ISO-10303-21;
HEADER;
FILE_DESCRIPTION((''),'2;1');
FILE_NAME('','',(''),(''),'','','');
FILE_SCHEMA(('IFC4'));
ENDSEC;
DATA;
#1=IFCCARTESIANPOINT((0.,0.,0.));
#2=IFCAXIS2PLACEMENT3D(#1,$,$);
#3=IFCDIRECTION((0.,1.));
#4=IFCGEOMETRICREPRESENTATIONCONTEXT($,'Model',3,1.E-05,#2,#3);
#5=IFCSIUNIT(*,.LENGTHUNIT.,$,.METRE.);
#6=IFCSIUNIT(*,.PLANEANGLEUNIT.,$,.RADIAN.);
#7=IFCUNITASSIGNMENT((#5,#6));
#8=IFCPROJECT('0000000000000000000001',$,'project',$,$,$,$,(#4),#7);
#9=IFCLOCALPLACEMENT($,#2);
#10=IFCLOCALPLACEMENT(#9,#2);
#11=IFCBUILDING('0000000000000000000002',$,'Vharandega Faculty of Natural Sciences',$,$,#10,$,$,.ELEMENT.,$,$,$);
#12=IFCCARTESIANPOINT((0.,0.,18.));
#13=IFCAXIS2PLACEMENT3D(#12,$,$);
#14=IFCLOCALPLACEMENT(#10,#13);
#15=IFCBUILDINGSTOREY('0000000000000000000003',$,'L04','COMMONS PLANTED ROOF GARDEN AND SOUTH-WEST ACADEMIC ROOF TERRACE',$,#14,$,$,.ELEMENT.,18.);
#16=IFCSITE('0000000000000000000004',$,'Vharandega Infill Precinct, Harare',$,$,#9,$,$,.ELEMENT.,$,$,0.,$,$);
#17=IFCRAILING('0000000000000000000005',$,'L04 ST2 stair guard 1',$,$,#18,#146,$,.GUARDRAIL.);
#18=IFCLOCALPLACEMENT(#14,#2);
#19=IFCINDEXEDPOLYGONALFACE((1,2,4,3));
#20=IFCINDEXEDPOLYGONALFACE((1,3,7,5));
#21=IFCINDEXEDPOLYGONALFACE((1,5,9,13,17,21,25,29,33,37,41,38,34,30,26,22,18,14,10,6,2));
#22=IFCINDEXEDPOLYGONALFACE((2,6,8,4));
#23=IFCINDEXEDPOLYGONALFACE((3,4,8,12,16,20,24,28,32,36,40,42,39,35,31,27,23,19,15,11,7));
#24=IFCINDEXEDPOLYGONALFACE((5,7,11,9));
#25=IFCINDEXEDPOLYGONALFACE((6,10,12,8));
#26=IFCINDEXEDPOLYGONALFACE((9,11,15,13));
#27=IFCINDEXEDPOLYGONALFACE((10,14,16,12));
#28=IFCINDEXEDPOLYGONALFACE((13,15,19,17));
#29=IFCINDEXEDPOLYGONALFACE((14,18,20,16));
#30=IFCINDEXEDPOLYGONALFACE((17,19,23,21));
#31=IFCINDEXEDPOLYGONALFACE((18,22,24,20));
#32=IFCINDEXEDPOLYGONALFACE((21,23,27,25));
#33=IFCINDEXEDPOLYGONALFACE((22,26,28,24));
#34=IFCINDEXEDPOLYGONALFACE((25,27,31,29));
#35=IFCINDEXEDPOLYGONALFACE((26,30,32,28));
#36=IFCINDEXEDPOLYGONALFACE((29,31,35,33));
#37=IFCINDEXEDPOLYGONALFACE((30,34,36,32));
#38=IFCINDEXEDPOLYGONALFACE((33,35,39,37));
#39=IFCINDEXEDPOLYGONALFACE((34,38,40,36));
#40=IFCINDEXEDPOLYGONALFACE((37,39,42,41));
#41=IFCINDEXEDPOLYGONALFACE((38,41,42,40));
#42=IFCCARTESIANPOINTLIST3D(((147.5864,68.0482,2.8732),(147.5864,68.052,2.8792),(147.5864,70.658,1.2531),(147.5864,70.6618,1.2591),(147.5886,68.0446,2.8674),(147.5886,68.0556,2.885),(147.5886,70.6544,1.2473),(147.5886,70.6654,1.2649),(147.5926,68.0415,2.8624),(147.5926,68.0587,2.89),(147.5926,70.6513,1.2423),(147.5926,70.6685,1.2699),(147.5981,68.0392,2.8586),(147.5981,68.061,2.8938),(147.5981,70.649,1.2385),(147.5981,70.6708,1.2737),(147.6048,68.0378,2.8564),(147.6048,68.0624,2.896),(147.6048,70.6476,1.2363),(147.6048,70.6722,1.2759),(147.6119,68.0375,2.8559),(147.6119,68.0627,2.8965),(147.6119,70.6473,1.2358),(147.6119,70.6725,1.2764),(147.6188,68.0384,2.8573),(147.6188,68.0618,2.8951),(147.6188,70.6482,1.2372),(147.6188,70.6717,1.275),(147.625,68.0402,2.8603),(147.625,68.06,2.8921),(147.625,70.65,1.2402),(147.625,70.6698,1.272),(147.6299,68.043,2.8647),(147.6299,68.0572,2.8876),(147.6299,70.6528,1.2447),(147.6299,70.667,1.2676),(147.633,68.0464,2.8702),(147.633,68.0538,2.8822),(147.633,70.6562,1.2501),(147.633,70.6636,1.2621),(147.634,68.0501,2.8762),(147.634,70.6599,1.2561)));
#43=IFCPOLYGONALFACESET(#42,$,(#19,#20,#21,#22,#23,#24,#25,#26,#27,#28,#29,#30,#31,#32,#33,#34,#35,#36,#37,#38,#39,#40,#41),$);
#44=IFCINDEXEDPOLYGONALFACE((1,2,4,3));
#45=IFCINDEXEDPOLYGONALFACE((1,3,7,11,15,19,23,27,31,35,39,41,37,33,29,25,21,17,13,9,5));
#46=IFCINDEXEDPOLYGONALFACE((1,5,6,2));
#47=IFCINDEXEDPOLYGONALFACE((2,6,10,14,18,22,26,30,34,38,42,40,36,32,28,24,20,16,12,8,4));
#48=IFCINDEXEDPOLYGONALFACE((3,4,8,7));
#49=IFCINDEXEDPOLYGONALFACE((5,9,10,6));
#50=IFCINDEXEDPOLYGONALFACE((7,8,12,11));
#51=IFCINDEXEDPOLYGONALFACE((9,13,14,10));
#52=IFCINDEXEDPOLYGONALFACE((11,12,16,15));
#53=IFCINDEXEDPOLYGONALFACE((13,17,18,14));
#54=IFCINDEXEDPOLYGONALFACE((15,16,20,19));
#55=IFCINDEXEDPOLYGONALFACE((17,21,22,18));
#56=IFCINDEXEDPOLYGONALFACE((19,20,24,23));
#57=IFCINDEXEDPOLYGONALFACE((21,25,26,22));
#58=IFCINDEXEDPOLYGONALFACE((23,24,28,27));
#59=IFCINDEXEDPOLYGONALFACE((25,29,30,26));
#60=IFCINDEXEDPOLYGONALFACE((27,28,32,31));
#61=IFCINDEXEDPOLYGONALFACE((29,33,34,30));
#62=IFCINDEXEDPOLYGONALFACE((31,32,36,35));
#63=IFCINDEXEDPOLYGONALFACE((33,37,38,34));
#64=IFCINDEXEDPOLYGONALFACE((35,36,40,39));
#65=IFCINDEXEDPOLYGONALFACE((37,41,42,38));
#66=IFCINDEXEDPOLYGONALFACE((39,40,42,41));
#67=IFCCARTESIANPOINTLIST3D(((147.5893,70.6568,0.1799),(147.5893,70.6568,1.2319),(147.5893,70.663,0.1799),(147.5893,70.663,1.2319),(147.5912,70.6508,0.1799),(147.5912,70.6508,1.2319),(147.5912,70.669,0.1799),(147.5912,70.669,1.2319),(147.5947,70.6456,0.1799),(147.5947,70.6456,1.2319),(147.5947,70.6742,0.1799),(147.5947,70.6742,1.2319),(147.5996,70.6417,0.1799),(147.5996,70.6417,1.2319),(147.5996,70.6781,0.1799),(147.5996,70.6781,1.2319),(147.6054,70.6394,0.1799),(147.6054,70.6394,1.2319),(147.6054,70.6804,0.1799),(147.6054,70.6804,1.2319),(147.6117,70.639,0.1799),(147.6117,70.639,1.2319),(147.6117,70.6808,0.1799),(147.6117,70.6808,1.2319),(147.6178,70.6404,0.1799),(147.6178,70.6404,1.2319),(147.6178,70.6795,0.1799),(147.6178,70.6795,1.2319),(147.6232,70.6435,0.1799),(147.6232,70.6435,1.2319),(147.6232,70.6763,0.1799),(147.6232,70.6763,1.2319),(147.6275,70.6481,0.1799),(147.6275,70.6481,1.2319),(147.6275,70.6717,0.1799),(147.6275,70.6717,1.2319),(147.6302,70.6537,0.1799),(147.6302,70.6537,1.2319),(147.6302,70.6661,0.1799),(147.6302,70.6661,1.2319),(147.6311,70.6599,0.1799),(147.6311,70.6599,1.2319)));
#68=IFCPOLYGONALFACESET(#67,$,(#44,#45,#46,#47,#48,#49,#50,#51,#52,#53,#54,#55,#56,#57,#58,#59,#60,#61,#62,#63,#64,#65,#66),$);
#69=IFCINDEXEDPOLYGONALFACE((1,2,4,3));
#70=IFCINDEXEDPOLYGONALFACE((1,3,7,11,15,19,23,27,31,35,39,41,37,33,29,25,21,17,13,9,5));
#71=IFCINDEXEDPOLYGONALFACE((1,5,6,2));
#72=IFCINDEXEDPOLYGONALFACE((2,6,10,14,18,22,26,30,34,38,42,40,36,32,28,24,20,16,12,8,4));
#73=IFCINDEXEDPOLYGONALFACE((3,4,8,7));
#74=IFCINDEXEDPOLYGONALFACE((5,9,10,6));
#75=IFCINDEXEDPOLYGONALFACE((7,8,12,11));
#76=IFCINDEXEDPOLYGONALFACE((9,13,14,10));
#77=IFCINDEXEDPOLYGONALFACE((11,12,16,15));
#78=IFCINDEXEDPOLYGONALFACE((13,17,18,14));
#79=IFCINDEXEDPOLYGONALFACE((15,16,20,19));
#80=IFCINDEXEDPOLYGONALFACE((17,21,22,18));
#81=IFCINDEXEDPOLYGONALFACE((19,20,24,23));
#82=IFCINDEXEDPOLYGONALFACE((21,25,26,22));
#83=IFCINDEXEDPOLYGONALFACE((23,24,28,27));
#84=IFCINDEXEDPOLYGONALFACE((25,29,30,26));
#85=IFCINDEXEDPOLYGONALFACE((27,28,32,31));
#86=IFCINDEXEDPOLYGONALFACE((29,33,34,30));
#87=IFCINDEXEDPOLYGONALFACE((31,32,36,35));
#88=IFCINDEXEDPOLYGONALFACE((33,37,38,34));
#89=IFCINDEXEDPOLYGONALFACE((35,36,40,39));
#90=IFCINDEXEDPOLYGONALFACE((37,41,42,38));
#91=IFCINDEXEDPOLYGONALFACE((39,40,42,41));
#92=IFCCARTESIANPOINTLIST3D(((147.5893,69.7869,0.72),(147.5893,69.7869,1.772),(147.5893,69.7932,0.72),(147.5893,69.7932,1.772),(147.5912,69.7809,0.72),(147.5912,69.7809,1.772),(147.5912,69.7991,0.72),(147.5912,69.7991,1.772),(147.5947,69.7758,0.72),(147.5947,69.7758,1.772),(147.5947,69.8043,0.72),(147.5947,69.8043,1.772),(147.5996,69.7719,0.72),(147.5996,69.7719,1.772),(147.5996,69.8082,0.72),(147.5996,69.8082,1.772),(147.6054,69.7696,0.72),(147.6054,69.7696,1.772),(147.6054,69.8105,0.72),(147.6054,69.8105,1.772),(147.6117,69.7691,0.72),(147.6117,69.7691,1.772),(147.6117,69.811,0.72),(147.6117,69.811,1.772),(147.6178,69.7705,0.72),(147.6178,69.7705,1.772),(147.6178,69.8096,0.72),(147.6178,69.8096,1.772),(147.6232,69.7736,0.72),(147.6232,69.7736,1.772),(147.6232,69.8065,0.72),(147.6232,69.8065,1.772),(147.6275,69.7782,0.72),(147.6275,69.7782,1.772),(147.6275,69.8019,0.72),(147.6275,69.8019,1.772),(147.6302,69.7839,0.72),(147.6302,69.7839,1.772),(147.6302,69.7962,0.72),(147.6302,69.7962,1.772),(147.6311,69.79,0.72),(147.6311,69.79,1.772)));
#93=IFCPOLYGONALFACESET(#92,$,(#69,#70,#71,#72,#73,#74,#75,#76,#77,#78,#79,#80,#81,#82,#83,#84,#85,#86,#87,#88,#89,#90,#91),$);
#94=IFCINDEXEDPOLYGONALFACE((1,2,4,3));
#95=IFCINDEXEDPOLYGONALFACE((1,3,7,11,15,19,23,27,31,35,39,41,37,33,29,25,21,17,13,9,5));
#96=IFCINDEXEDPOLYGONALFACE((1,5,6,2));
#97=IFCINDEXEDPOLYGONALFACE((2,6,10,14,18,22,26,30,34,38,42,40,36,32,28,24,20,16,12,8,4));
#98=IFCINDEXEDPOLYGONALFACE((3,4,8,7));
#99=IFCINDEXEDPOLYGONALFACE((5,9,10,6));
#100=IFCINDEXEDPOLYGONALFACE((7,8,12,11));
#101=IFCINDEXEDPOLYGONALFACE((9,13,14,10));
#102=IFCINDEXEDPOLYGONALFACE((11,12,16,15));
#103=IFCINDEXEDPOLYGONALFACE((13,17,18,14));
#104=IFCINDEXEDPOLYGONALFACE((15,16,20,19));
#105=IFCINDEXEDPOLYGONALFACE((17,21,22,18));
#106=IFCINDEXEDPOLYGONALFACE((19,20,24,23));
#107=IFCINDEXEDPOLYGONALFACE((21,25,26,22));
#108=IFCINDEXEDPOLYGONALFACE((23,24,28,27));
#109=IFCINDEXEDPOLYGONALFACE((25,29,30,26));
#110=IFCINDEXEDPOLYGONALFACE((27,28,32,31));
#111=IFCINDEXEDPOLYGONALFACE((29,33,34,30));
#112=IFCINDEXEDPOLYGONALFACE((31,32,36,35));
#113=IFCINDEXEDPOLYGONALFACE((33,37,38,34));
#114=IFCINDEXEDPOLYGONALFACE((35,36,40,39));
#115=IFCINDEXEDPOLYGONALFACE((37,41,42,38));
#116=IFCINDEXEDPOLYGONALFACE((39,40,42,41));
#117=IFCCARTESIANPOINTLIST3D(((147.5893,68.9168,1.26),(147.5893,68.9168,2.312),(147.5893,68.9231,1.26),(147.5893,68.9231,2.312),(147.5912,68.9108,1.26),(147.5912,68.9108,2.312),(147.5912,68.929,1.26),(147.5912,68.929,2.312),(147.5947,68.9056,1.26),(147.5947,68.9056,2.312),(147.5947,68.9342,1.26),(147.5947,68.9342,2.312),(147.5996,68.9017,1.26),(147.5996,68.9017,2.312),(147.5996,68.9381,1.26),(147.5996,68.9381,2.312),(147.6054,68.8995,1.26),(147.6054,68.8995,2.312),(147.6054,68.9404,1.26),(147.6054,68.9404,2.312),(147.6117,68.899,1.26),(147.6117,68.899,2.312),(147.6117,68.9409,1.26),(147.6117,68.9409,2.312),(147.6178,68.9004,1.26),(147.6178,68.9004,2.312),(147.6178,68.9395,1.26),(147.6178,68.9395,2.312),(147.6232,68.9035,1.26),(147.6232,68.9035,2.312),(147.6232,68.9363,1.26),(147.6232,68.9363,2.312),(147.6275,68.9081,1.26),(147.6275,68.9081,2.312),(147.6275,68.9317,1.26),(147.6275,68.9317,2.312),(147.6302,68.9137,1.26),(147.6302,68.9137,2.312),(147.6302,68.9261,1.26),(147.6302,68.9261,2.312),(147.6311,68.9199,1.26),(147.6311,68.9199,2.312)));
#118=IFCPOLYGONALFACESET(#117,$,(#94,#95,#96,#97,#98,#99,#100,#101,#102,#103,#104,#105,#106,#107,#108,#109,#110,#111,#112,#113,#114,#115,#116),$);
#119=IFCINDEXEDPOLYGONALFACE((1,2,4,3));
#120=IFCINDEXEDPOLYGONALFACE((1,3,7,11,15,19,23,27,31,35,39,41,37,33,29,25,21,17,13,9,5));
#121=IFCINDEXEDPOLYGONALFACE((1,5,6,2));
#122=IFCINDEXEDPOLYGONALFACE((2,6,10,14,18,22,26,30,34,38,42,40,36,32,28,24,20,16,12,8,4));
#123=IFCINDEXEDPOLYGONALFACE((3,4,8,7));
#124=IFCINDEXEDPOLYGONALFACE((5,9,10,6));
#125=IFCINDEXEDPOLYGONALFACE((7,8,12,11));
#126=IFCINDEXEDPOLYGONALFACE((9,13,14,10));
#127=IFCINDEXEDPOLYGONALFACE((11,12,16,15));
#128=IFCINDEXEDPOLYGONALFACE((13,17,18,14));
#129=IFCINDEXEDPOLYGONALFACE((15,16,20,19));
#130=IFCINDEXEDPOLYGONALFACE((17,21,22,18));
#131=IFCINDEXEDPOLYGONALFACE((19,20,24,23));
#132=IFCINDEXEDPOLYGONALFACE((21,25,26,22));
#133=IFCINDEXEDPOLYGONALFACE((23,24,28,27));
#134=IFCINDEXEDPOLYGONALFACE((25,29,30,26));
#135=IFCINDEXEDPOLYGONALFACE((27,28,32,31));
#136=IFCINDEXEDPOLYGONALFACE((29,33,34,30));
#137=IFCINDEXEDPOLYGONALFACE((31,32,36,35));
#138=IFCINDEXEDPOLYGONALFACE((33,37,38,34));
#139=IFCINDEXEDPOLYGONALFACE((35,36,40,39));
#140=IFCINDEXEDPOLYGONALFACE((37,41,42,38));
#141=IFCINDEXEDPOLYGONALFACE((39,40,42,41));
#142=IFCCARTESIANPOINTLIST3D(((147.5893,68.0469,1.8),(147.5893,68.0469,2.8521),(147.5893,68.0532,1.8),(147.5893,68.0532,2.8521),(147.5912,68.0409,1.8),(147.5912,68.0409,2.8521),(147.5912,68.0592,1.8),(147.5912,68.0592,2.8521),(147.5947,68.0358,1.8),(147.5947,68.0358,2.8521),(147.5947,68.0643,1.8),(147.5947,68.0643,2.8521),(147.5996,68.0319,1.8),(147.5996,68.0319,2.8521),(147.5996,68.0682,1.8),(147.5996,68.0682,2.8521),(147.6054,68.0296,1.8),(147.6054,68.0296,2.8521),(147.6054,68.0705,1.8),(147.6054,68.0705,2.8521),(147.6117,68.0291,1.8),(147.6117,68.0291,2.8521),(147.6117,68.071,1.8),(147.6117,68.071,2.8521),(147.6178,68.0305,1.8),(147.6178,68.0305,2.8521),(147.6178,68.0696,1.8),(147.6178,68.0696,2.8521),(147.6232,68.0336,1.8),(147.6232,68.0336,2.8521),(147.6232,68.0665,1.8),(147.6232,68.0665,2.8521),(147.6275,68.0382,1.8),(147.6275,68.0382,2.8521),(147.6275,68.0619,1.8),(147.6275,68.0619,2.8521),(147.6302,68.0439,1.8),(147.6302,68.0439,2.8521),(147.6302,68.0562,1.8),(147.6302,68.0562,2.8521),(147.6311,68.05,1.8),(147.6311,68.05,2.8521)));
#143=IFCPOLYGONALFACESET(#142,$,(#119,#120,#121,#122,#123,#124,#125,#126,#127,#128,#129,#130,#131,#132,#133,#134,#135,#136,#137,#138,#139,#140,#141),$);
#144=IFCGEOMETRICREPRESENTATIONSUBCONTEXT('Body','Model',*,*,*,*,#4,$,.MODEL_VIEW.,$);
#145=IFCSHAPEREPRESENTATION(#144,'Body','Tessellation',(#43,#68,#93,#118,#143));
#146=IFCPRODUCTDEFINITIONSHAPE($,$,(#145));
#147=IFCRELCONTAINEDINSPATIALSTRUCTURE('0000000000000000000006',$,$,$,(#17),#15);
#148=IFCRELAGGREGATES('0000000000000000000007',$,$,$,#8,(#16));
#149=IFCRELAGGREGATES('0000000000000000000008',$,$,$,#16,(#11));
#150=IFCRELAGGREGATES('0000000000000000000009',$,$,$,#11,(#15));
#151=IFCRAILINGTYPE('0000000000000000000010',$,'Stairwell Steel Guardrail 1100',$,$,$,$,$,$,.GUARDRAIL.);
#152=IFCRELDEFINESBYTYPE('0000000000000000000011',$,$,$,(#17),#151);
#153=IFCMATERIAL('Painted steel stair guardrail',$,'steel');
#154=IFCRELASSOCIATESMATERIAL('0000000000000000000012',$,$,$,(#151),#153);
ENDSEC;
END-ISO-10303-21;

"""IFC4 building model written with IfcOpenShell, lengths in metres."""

from ifc_helpers import new_model, si_unit, direction, frame, origin, origin_2d, place, context, subcontext, project, spatial, circle, extrude, material, type_object, element, save


model = new_model("IFC4")

# Units and contexts
model_context = context("Model", 3, precision=1e-05, world=origin(), true_north=direction((0.0, 1.0)))
body_context = subcontext(model_context, "Body", "Model", "MODEL_VIEW")
ifc_project = project(units=[si_unit("LENGTHUNIT", "METRE"), si_unit("PLANEANGLEUNIT", "RADIAN")], contexts=[model_context])

# Site, building, storey
site_placement = place(None, origin())
site = spatial("IfcSite", under=ifc_project, at=site_placement, Name="Vharandega Infill Precinct, Harare", CompositionType="ELEMENT", RefElevation=0.0)
building_placement = place(site_placement, origin())
building = spatial("IfcBuilding", under=site, at=building_placement, Name="Vharandega Faculty of Natural Sciences", CompositionType="ELEMENT")
storey_placement = place(building_placement, frame((0.0, 0.0, 18.0)))
storey = spatial("IfcBuildingStorey", under=building, at=storey_placement, Name="L04", Description="COMMONS PLANTED ROOF GARDEN AND SOUTH-WEST ACADEMIC ROOF TERRACE", CompositionType="ELEMENT", Elevation=18.0)

# Railing
ifc_material_1 = material(Name="Painted steel stair guardrail", Category="steel")
railing_type_1 = type_object("IfcRailingType", Name="Stairwell Steel Guardrail 1100", PredefinedType="GUARDRAIL", material=ifc_material_1)
railing_1_placement = place(storey_placement, frame((147.6101, 70.6599, 0.1799)))
element("IfcRailing", 1, at=railing_1_placement, inside=storey, type_object=railing_type_1, Name="L04 ST2 stair guard 1", PredefinedType="GUARDRAIL", context=body_context, shape_type="SweptSolid", body=[
    extrude(circle(Radius=0.0239, at=origin_2d()), frame((0.0, 0.0, 1.0762), z_axis=(0.0, -0.849611, 0.52741), x_axis=(1.0, 0.0, 0.0)), (0.0, 0.0, 1.0), 3.0718),
    extrude(circle(Radius=0.021, at=origin_2d()), origin(), (0.0, 0.0, 1.0), 1.052),
    extrude(circle(Radius=0.021, at=origin_2d()), frame((0.0, -0.8699, 0.54)), (0.0, 0.0, 1.0), 1.052),
    extrude(circle(Radius=0.021, at=origin_2d()), frame((0.0, -1.74, 1.0801)), (0.0, 0.0, 1.0), 1.052),
    extrude(circle(Radius=0.021, at=origin_2d()), frame((0.0, -2.6099, 1.6201)), (0.0, 0.0, 1.0), 1.052),
])

save(model, "model.ifc")
